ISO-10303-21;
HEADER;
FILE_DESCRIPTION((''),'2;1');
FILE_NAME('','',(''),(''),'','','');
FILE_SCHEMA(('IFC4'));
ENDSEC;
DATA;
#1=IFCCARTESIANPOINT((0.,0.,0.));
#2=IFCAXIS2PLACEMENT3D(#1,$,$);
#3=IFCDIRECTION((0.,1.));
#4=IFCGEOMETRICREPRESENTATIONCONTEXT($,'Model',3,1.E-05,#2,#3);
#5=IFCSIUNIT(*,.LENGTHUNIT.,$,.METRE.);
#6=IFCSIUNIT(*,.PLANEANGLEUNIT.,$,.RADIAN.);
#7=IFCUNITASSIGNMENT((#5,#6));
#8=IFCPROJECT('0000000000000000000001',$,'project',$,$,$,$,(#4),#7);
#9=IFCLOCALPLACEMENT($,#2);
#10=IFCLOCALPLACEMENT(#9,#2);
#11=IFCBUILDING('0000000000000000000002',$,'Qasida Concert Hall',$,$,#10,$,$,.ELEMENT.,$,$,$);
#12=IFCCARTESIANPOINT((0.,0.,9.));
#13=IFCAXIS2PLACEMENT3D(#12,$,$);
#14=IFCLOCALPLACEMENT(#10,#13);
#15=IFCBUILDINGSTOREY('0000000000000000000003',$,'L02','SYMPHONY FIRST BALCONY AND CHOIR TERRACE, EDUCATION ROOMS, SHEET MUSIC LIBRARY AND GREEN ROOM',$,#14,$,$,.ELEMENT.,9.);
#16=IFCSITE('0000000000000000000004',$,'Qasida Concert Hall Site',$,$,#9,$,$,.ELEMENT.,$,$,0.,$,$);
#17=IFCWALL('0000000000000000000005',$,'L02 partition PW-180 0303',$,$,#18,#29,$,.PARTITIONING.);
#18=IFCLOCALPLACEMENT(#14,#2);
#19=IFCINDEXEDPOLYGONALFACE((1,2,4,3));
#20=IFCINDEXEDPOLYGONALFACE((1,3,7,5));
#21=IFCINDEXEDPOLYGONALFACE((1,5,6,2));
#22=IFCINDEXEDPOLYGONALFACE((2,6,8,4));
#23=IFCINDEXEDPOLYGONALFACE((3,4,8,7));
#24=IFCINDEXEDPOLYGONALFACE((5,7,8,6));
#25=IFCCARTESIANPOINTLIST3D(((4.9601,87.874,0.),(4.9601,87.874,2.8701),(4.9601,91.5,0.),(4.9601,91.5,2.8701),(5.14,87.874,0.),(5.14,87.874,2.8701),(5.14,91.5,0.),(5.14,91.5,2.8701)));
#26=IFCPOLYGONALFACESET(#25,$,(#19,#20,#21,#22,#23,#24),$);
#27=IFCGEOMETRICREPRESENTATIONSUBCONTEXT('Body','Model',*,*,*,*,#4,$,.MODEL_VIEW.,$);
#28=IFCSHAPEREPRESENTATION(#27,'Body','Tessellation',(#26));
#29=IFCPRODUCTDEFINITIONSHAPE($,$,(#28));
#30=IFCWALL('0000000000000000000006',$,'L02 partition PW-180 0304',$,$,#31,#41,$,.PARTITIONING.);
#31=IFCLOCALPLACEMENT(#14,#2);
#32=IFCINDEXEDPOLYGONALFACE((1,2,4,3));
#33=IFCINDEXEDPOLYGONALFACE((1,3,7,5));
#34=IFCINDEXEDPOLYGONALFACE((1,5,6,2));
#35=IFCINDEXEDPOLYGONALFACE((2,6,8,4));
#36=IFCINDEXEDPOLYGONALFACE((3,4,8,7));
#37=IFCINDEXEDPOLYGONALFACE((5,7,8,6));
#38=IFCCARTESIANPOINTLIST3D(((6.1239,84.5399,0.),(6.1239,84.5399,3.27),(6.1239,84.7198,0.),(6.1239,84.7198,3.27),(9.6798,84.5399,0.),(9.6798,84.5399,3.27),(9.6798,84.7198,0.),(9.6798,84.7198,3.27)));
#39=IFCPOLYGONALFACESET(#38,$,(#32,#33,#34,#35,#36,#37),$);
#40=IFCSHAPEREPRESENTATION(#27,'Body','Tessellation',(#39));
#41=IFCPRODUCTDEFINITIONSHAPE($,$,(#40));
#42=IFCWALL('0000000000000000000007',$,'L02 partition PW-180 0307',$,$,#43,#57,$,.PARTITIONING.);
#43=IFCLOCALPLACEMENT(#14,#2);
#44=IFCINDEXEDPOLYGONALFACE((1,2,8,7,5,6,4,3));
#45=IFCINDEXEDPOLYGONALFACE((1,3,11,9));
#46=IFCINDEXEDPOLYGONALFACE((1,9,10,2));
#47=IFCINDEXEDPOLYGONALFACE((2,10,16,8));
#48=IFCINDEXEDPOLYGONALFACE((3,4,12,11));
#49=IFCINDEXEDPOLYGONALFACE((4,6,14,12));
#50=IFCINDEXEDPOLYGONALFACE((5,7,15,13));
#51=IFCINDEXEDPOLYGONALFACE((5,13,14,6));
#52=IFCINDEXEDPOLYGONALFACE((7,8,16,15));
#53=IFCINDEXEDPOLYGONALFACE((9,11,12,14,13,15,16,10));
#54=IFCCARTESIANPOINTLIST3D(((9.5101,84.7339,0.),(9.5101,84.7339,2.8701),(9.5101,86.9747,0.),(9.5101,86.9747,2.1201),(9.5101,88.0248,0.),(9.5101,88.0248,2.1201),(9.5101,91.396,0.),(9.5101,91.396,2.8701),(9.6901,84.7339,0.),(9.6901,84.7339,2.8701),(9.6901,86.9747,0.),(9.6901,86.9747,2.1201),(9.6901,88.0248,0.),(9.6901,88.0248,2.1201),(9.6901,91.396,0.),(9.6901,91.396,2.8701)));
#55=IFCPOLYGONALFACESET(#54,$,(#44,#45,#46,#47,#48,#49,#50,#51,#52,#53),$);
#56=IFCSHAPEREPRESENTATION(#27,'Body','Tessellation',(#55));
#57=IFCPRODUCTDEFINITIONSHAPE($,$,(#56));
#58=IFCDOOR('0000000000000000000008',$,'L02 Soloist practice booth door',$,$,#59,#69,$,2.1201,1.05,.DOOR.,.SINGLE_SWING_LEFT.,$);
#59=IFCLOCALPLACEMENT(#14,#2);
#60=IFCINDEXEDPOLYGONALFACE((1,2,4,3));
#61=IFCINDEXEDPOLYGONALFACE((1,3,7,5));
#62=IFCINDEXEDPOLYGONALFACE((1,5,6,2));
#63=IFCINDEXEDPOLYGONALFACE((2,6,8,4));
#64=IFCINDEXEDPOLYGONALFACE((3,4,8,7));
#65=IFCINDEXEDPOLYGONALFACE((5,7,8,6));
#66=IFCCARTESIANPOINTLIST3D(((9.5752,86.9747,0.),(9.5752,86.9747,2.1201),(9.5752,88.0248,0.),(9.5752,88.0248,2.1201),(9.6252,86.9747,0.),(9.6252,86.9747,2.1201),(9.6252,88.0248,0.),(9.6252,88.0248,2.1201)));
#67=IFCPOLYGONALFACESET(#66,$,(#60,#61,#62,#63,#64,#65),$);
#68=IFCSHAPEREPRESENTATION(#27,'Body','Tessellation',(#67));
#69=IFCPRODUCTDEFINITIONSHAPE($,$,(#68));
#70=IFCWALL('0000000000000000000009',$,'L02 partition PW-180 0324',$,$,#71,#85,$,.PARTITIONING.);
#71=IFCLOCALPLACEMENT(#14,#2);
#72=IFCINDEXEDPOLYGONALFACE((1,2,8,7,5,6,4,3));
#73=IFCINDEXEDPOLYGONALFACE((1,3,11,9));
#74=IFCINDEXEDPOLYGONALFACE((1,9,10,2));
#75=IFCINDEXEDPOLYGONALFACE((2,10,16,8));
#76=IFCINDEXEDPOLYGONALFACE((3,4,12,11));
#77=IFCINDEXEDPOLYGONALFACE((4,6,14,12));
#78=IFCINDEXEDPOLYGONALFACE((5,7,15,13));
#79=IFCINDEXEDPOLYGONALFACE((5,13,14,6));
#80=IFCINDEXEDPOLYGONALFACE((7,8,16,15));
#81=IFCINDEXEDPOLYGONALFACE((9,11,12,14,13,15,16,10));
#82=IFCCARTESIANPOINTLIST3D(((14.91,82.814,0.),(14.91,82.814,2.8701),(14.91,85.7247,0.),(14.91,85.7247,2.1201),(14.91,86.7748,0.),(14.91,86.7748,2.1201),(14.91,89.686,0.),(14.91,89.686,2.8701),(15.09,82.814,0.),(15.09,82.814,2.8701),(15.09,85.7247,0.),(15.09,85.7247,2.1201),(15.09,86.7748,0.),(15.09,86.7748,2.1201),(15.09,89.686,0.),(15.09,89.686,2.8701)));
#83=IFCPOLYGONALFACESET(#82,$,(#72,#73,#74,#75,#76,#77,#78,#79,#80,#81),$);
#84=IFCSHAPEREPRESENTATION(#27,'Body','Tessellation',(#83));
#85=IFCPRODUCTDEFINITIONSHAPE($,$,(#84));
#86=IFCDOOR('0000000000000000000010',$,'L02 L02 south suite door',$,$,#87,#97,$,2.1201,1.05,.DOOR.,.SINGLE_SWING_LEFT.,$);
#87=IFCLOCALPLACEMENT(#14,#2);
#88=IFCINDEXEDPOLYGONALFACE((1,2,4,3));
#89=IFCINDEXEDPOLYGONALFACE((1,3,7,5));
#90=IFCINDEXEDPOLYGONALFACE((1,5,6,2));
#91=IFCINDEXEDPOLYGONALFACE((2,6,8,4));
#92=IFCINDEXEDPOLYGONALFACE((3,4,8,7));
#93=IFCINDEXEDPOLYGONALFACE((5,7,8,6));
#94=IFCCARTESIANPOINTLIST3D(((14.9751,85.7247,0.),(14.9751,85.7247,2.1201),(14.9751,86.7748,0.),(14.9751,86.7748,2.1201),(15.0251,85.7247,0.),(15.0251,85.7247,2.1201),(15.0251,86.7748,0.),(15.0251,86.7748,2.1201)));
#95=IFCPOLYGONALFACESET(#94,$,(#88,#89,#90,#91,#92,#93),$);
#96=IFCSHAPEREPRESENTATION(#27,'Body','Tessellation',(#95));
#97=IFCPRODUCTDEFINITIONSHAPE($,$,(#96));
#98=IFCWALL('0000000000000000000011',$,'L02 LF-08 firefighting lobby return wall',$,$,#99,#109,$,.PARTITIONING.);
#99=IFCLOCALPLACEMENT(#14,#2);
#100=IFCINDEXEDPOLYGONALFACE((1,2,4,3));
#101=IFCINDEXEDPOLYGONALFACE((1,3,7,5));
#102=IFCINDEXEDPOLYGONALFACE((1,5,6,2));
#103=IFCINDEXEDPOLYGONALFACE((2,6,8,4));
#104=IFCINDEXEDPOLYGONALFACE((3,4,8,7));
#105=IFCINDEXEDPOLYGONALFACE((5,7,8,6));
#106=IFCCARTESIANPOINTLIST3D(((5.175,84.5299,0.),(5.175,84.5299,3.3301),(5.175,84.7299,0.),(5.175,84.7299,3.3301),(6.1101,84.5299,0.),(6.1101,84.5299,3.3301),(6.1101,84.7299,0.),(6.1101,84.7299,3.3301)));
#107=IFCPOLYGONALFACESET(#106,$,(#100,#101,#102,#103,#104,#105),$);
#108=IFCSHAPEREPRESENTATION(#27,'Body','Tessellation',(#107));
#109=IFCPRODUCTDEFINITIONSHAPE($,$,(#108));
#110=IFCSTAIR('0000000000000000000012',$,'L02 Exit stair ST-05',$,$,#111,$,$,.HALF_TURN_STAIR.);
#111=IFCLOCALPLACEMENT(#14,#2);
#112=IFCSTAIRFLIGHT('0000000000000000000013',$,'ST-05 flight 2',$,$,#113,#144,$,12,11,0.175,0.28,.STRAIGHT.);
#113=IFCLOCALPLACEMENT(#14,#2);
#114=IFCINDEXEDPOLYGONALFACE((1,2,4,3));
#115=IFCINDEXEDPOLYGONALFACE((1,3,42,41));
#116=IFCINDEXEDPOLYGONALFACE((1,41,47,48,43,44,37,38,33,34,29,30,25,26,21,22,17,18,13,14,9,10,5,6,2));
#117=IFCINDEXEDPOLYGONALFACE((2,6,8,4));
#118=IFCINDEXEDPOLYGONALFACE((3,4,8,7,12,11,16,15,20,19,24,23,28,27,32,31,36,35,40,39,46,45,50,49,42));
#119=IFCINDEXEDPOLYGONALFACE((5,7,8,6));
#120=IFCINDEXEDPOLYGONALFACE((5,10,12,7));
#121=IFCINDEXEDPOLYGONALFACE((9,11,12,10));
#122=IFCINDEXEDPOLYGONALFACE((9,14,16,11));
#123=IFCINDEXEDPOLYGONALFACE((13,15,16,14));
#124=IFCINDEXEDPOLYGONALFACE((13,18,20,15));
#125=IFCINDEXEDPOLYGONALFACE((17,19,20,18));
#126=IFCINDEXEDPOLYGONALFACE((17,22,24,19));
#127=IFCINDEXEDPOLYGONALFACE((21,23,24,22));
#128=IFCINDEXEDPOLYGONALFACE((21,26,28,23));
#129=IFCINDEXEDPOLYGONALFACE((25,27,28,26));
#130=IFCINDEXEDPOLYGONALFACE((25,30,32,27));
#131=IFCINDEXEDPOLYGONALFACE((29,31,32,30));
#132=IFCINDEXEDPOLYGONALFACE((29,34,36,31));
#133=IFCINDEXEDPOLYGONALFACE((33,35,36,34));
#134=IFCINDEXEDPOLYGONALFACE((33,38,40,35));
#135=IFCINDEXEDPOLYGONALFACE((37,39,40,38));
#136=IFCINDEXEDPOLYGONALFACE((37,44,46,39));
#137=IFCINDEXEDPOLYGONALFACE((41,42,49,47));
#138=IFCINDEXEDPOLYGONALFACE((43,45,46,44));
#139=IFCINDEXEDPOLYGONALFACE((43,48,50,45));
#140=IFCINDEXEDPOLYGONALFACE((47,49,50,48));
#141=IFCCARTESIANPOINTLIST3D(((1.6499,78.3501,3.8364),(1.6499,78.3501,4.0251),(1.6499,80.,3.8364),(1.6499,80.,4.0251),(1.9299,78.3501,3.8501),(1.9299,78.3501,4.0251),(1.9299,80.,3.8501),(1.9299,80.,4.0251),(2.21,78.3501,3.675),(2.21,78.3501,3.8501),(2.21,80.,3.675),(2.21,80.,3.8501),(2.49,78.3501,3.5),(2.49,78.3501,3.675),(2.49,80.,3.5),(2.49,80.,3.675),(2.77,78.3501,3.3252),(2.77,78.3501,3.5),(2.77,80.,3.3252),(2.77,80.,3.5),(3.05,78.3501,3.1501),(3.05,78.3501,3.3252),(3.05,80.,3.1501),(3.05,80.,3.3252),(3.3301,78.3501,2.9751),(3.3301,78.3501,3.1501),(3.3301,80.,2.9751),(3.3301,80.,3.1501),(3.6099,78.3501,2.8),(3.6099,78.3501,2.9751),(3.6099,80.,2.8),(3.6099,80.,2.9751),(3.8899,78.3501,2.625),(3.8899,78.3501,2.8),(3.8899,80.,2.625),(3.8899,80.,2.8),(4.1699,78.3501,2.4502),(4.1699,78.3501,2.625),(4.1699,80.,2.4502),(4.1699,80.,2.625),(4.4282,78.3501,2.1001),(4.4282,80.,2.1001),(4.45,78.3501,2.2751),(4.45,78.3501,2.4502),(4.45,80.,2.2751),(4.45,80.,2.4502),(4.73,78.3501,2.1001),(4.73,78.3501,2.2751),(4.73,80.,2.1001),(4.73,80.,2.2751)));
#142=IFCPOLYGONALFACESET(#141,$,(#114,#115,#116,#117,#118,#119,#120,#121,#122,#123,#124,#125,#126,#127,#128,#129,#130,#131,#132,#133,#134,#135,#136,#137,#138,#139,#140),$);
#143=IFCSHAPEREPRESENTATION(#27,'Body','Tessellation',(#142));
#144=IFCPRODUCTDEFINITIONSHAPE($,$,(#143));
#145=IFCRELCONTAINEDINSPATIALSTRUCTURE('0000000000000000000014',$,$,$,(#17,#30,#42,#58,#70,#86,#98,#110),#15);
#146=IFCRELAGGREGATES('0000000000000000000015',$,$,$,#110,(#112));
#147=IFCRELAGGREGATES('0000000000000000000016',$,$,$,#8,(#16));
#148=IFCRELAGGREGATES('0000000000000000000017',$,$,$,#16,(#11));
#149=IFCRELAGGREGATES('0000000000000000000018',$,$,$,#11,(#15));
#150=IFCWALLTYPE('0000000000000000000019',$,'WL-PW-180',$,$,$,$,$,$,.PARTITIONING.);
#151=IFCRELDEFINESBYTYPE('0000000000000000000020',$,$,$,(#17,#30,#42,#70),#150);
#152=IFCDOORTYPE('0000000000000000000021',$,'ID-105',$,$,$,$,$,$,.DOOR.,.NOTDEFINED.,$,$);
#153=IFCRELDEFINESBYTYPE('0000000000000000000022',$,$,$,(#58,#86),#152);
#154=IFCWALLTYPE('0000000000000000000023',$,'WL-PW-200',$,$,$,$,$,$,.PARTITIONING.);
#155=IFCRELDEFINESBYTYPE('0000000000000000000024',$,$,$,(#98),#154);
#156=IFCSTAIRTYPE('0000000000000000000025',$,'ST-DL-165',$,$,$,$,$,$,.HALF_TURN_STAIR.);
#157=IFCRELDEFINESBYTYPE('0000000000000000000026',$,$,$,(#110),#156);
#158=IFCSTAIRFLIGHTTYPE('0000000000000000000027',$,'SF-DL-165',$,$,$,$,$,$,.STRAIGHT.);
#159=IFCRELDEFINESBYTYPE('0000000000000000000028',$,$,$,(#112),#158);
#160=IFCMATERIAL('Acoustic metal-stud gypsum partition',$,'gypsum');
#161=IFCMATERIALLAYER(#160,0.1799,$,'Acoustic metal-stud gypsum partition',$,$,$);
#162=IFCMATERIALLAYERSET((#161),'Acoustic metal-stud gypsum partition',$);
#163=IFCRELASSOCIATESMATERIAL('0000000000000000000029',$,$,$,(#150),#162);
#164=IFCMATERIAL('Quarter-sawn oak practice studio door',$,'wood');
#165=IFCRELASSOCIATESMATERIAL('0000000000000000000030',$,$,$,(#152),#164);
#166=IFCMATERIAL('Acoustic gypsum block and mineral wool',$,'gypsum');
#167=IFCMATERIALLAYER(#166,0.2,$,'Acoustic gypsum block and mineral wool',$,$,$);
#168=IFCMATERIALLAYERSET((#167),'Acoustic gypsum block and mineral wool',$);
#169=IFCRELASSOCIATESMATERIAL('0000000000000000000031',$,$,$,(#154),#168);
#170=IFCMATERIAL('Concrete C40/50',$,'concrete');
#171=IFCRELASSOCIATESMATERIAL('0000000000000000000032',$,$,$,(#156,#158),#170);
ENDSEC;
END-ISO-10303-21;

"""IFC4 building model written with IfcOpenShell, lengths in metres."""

from ifc_helpers import new_model, si_unit, direction, frame, frame_2d, origin, place, context, subcontext, project, spatial, polyline, rectangle, outline, extrude, material, layer, layer_set, type_object, element, fill, aggregate, save


model = new_model("IFC4")

# Units and contexts
model_context = context("Model", 3, precision=1e-05, world=origin(), true_north=direction((0.0, 1.0)))
body_context = subcontext(model_context, "Body", "Model", "MODEL_VIEW")
ifc_project = project(units=[si_unit("LENGTHUNIT", "METRE"), si_unit("PLANEANGLEUNIT", "RADIAN")], contexts=[model_context])

# Site, building, storey
site_placement = place(None, origin())
site = spatial("IfcSite", under=ifc_project, at=site_placement, Name="Qasida Concert Hall Site", CompositionType="ELEMENT", RefElevation=0.0)
building_placement = place(site_placement, origin())
building = spatial("IfcBuilding", under=site, at=building_placement, Name="Qasida Concert Hall", CompositionType="ELEMENT")
storey_placement = place(building_placement, frame((0.0, 0.0, 9.0)))
storey = spatial("IfcBuildingStorey", under=building, at=storey_placement, Name="L02", Description="SYMPHONY FIRST BALCONY AND CHOIR TERRACE, EDUCATION ROOMS, SHEET MUSIC LIBRARY AND GREEN ROOM", CompositionType="ELEMENT", Elevation=9.0)

# Shared definitions
ifc_material_1 = material(Name="Concrete C40/50", Category="concrete")

# Walls
ifc_material_2 = material(Name="Acoustic metal-stud gypsum partition", Category="gypsum")
ifc_layer_1 = layer(ifc_material_2, 0.1799, Name="Acoustic metal-stud gypsum partition")
ifc_layer_set_1 = layer_set([ifc_layer_1], Name="Acoustic metal-stud gypsum partition")
wall_type_1 = type_object("IfcWallType", Name="WL-PW-180", PredefinedType="PARTITIONING", material=ifc_layer_set_1)
wall_1_placement = place(storey_placement, frame((5.05, 87.874, 0.0), z_axis=(0.0, 0.0, 1.0), x_axis=(0.0, 1.0, 0.0)))
element("IfcWall", 1, at=wall_1_placement, inside=storey, type_object=wall_type_1, Name="L02 partition PW-180 0303", PredefinedType="PARTITIONING", context=body_context, shape_type="SweptSolid", body=[
    extrude(rectangle(XDim=3.626, YDim=0.1799, at=frame_2d((1.813, 0.0))), origin(), (0.0, 0.0, 1.0), 2.8701),
])
wall_2_placement = place(storey_placement, frame((6.124, 84.6299, 0.0), z_axis=(0.0, 0.0, 1.0), x_axis=(1.0, 0.0, 0.0)))
element("IfcWall", 2, at=wall_2_placement, inside=storey, type_object=wall_type_1, Name="L02 partition PW-180 0304", PredefinedType="PARTITIONING", context=body_context, shape_type="SweptSolid", body=[
    extrude(rectangle(XDim=3.5559, YDim=0.1799, at=frame_2d((1.7778, 0.0))), origin(), (0.0, 0.0, 1.0), 3.27),
])

# Walls, openings, doors
wall_3_placement = place(storey_placement, frame((9.6001, 84.7339, 0.0), z_axis=(0.0, 0.0, 1.0), x_axis=(0.0, 1.0, 0.0)))
wall_3 = element("IfcWall", 3, at=wall_3_placement, inside=storey, type_object=wall_type_1, Name="L02 partition PW-180 0307", PredefinedType="PARTITIONING", context=body_context, shape_type="SweptSolid", body=[
    extrude(rectangle(XDim=6.6621, YDim=0.1799, at=frame_2d((3.3311, 0.0))), origin(), (0.0, 0.0, 1.0), 2.8701),
])
opening_1_placement = place(wall_3_placement, frame((2.241, 0.0, 0.0)))
opening_1 = element("IfcOpeningElement", 4, at=opening_1_placement, cuts=wall_3, PredefinedType="OPENING", context=body_context, shape_type="SweptSolid", body=[
    extrude(rectangle(XDim=1.05, YDim=2.1201, at=frame_2d((0.5249, 1.0601))), frame((0.0, 0.0999, 0.0), z_axis=(0.0, -1.0, 0.0), x_axis=(1.0, 0.0, 0.0)), (0.0, 0.0, 1.0), 0.2),
])
ifc_material_3 = material(Name="Quarter-sawn oak practice studio door", Category="wood")
door_type_1 = type_object("IfcDoorType", Name="ID-105", OperationType="NOTDEFINED", PredefinedType="DOOR", material=ifc_material_3)
door_1_placement = place(opening_1_placement, origin())
door_1 = element("IfcDoor", 5, at=door_1_placement, inside=storey, type_object=door_type_1, Name="L02 Soloist practice booth door", OperationType="SINGLE_SWING_LEFT", OverallHeight=2.1201, OverallWidth=1.05, PredefinedType="DOOR", context=body_context, shape_type="SweptSolid", body=[
    extrude(rectangle(XDim=1.05, YDim=2.1201, at=frame_2d((0.5249, 1.0601))), frame((0.0, 0.0249, 0.0), z_axis=(0.0, -1.0, 0.0), x_axis=(1.0, 0.0, 0.0)), (0.0, 0.0, 1.0), 0.05),
])
fill(opening_1, door_1)
wall_4_placement = place(storey_placement, frame((15.0, 82.814, 0.0), z_axis=(0.0, 0.0, 1.0), x_axis=(0.0, 1.0, 0.0)))
wall_4 = element("IfcWall", 6, at=wall_4_placement, inside=storey, type_object=wall_type_1, Name="L02 partition PW-180 0324", PredefinedType="PARTITIONING", context=body_context, shape_type="SweptSolid", body=[
    extrude(rectangle(XDim=6.8721, YDim=0.1799, at=frame_2d((3.436, 0.0))), origin(), (0.0, 0.0, 1.0), 2.8701),
])
opening_2_placement = place(wall_4_placement, frame((2.9109, 0.0, 0.0)))
opening_2 = element("IfcOpeningElement", 7, at=opening_2_placement, cuts=wall_4, PredefinedType="OPENING", context=body_context, shape_type="SweptSolid", body=[
    extrude(rectangle(XDim=1.05, YDim=2.1201, at=frame_2d((0.5249, 1.0601))), frame((0.0, 0.0999, 0.0), z_axis=(0.0, -1.0, 0.0), x_axis=(1.0, 0.0, 0.0)), (0.0, 0.0, 1.0), 0.2),
])
door_2_placement = place(opening_2_placement, origin())
door_2 = element("IfcDoor", 8, at=door_2_placement, inside=storey, type_object=door_type_1, Name="L02 L02 south suite door", OperationType="SINGLE_SWING_LEFT", OverallHeight=2.1201, OverallWidth=1.05, PredefinedType="DOOR", context=body_context, shape_type="SweptSolid", body=[
    extrude(rectangle(XDim=1.05, YDim=2.1201, at=frame_2d((0.5249, 1.0601))), frame((0.0, 0.0249, 0.0), z_axis=(0.0, -1.0, 0.0), x_axis=(1.0, 0.0, 0.0)), (0.0, 0.0, 1.0), 0.05),
])
fill(opening_2, door_2)

# Wall
ifc_material_4 = material(Name="Acoustic gypsum block and mineral wool", Category="gypsum")
ifc_layer_2 = layer(ifc_material_4, 0.2, Name="Acoustic gypsum block and mineral wool")
ifc_layer_set_2 = layer_set([ifc_layer_2], Name="Acoustic gypsum block and mineral wool")
wall_type_2 = type_object("IfcWallType", Name="WL-PW-200", PredefinedType="PARTITIONING", material=ifc_layer_set_2)
wall_5_placement = place(storey_placement, frame((5.175, 84.6299, 0.0), z_axis=(0.0, 0.0, 1.0), x_axis=(1.0, 0.0, 0.0)))
element("IfcWall", 9, at=wall_5_placement, inside=storey, type_object=wall_type_2, Name="L02 LF-08 firefighting lobby return wall", PredefinedType="PARTITIONING", context=body_context, shape_type="SweptSolid", body=[
    extrude(rectangle(XDim=0.9351, YDim=0.2, at=frame_2d((0.4675, 0.0))), origin(), (0.0, 0.0, 1.0), 3.3301),
])

# Stair, stair flight
stair_type = type_object("IfcStairType", Name="ST-DL-165", PredefinedType="HALF_TURN_STAIR", material=ifc_material_1)
stair_placement = place(storey_placement, origin())
stair = element("IfcStair", 10, at=stair_placement, inside=storey, type_object=stair_type, Name="L02 Exit stair ST-05", PredefinedType="HALF_TURN_STAIR")
stair_flight_type = type_object("IfcStairFlightType", Name="SF-DL-165", PredefinedType="STRAIGHT", material=ifc_material_1)
stair_flight_placement = place(storey_placement, frame((4.73, 79.175, 2.1001), z_axis=(0.0, 0.0, 1.0), x_axis=(-1.0, 0.0, 0.0)))
stair_flight = element("IfcStairFlight", 11, at=stair_flight_placement, type_object=stair_flight_type, Name="ST-05 flight 2", NumberOfRisers=12, NumberOfTreads=11, PredefinedType="STRAIGHT", RiserHeight=0.175, TreadLength=0.28, context=body_context, shape_type="SweptSolid", body=[
    extrude(outline(polyline([(0.0, 0.0), (0.0, 0.175), (0.28, 0.175), (0.28, 0.3501), (0.5601, 0.3501), (0.5601, 0.5249), (0.8401, 0.5249), (0.8401, 0.7), (1.1201, 0.7), (1.1201, 0.875), (1.3999, 0.875), (1.3999, 1.05), (1.6799, 1.05), (1.6799, 1.2251), (1.96, 1.2251), (1.96, 1.3999), (2.24, 1.3999), (2.24, 1.575), (2.52, 1.575), (2.52, 1.75), (2.8, 1.75), (2.8, 1.925), (3.0801, 1.925), (3.0801, 2.1001), (3.0801, 1.7363), (0.3018, 0.0), (0.0, 0.0)])), frame((0.0, 0.825, 0.0), z_axis=(0.0, -1.0, 0.0), x_axis=(1.0, 0.0, 0.0)), (0.0, 0.0, 1.0), 1.6499),
])
aggregate(stair, [stair_flight])

save(model, "model.ifc")
